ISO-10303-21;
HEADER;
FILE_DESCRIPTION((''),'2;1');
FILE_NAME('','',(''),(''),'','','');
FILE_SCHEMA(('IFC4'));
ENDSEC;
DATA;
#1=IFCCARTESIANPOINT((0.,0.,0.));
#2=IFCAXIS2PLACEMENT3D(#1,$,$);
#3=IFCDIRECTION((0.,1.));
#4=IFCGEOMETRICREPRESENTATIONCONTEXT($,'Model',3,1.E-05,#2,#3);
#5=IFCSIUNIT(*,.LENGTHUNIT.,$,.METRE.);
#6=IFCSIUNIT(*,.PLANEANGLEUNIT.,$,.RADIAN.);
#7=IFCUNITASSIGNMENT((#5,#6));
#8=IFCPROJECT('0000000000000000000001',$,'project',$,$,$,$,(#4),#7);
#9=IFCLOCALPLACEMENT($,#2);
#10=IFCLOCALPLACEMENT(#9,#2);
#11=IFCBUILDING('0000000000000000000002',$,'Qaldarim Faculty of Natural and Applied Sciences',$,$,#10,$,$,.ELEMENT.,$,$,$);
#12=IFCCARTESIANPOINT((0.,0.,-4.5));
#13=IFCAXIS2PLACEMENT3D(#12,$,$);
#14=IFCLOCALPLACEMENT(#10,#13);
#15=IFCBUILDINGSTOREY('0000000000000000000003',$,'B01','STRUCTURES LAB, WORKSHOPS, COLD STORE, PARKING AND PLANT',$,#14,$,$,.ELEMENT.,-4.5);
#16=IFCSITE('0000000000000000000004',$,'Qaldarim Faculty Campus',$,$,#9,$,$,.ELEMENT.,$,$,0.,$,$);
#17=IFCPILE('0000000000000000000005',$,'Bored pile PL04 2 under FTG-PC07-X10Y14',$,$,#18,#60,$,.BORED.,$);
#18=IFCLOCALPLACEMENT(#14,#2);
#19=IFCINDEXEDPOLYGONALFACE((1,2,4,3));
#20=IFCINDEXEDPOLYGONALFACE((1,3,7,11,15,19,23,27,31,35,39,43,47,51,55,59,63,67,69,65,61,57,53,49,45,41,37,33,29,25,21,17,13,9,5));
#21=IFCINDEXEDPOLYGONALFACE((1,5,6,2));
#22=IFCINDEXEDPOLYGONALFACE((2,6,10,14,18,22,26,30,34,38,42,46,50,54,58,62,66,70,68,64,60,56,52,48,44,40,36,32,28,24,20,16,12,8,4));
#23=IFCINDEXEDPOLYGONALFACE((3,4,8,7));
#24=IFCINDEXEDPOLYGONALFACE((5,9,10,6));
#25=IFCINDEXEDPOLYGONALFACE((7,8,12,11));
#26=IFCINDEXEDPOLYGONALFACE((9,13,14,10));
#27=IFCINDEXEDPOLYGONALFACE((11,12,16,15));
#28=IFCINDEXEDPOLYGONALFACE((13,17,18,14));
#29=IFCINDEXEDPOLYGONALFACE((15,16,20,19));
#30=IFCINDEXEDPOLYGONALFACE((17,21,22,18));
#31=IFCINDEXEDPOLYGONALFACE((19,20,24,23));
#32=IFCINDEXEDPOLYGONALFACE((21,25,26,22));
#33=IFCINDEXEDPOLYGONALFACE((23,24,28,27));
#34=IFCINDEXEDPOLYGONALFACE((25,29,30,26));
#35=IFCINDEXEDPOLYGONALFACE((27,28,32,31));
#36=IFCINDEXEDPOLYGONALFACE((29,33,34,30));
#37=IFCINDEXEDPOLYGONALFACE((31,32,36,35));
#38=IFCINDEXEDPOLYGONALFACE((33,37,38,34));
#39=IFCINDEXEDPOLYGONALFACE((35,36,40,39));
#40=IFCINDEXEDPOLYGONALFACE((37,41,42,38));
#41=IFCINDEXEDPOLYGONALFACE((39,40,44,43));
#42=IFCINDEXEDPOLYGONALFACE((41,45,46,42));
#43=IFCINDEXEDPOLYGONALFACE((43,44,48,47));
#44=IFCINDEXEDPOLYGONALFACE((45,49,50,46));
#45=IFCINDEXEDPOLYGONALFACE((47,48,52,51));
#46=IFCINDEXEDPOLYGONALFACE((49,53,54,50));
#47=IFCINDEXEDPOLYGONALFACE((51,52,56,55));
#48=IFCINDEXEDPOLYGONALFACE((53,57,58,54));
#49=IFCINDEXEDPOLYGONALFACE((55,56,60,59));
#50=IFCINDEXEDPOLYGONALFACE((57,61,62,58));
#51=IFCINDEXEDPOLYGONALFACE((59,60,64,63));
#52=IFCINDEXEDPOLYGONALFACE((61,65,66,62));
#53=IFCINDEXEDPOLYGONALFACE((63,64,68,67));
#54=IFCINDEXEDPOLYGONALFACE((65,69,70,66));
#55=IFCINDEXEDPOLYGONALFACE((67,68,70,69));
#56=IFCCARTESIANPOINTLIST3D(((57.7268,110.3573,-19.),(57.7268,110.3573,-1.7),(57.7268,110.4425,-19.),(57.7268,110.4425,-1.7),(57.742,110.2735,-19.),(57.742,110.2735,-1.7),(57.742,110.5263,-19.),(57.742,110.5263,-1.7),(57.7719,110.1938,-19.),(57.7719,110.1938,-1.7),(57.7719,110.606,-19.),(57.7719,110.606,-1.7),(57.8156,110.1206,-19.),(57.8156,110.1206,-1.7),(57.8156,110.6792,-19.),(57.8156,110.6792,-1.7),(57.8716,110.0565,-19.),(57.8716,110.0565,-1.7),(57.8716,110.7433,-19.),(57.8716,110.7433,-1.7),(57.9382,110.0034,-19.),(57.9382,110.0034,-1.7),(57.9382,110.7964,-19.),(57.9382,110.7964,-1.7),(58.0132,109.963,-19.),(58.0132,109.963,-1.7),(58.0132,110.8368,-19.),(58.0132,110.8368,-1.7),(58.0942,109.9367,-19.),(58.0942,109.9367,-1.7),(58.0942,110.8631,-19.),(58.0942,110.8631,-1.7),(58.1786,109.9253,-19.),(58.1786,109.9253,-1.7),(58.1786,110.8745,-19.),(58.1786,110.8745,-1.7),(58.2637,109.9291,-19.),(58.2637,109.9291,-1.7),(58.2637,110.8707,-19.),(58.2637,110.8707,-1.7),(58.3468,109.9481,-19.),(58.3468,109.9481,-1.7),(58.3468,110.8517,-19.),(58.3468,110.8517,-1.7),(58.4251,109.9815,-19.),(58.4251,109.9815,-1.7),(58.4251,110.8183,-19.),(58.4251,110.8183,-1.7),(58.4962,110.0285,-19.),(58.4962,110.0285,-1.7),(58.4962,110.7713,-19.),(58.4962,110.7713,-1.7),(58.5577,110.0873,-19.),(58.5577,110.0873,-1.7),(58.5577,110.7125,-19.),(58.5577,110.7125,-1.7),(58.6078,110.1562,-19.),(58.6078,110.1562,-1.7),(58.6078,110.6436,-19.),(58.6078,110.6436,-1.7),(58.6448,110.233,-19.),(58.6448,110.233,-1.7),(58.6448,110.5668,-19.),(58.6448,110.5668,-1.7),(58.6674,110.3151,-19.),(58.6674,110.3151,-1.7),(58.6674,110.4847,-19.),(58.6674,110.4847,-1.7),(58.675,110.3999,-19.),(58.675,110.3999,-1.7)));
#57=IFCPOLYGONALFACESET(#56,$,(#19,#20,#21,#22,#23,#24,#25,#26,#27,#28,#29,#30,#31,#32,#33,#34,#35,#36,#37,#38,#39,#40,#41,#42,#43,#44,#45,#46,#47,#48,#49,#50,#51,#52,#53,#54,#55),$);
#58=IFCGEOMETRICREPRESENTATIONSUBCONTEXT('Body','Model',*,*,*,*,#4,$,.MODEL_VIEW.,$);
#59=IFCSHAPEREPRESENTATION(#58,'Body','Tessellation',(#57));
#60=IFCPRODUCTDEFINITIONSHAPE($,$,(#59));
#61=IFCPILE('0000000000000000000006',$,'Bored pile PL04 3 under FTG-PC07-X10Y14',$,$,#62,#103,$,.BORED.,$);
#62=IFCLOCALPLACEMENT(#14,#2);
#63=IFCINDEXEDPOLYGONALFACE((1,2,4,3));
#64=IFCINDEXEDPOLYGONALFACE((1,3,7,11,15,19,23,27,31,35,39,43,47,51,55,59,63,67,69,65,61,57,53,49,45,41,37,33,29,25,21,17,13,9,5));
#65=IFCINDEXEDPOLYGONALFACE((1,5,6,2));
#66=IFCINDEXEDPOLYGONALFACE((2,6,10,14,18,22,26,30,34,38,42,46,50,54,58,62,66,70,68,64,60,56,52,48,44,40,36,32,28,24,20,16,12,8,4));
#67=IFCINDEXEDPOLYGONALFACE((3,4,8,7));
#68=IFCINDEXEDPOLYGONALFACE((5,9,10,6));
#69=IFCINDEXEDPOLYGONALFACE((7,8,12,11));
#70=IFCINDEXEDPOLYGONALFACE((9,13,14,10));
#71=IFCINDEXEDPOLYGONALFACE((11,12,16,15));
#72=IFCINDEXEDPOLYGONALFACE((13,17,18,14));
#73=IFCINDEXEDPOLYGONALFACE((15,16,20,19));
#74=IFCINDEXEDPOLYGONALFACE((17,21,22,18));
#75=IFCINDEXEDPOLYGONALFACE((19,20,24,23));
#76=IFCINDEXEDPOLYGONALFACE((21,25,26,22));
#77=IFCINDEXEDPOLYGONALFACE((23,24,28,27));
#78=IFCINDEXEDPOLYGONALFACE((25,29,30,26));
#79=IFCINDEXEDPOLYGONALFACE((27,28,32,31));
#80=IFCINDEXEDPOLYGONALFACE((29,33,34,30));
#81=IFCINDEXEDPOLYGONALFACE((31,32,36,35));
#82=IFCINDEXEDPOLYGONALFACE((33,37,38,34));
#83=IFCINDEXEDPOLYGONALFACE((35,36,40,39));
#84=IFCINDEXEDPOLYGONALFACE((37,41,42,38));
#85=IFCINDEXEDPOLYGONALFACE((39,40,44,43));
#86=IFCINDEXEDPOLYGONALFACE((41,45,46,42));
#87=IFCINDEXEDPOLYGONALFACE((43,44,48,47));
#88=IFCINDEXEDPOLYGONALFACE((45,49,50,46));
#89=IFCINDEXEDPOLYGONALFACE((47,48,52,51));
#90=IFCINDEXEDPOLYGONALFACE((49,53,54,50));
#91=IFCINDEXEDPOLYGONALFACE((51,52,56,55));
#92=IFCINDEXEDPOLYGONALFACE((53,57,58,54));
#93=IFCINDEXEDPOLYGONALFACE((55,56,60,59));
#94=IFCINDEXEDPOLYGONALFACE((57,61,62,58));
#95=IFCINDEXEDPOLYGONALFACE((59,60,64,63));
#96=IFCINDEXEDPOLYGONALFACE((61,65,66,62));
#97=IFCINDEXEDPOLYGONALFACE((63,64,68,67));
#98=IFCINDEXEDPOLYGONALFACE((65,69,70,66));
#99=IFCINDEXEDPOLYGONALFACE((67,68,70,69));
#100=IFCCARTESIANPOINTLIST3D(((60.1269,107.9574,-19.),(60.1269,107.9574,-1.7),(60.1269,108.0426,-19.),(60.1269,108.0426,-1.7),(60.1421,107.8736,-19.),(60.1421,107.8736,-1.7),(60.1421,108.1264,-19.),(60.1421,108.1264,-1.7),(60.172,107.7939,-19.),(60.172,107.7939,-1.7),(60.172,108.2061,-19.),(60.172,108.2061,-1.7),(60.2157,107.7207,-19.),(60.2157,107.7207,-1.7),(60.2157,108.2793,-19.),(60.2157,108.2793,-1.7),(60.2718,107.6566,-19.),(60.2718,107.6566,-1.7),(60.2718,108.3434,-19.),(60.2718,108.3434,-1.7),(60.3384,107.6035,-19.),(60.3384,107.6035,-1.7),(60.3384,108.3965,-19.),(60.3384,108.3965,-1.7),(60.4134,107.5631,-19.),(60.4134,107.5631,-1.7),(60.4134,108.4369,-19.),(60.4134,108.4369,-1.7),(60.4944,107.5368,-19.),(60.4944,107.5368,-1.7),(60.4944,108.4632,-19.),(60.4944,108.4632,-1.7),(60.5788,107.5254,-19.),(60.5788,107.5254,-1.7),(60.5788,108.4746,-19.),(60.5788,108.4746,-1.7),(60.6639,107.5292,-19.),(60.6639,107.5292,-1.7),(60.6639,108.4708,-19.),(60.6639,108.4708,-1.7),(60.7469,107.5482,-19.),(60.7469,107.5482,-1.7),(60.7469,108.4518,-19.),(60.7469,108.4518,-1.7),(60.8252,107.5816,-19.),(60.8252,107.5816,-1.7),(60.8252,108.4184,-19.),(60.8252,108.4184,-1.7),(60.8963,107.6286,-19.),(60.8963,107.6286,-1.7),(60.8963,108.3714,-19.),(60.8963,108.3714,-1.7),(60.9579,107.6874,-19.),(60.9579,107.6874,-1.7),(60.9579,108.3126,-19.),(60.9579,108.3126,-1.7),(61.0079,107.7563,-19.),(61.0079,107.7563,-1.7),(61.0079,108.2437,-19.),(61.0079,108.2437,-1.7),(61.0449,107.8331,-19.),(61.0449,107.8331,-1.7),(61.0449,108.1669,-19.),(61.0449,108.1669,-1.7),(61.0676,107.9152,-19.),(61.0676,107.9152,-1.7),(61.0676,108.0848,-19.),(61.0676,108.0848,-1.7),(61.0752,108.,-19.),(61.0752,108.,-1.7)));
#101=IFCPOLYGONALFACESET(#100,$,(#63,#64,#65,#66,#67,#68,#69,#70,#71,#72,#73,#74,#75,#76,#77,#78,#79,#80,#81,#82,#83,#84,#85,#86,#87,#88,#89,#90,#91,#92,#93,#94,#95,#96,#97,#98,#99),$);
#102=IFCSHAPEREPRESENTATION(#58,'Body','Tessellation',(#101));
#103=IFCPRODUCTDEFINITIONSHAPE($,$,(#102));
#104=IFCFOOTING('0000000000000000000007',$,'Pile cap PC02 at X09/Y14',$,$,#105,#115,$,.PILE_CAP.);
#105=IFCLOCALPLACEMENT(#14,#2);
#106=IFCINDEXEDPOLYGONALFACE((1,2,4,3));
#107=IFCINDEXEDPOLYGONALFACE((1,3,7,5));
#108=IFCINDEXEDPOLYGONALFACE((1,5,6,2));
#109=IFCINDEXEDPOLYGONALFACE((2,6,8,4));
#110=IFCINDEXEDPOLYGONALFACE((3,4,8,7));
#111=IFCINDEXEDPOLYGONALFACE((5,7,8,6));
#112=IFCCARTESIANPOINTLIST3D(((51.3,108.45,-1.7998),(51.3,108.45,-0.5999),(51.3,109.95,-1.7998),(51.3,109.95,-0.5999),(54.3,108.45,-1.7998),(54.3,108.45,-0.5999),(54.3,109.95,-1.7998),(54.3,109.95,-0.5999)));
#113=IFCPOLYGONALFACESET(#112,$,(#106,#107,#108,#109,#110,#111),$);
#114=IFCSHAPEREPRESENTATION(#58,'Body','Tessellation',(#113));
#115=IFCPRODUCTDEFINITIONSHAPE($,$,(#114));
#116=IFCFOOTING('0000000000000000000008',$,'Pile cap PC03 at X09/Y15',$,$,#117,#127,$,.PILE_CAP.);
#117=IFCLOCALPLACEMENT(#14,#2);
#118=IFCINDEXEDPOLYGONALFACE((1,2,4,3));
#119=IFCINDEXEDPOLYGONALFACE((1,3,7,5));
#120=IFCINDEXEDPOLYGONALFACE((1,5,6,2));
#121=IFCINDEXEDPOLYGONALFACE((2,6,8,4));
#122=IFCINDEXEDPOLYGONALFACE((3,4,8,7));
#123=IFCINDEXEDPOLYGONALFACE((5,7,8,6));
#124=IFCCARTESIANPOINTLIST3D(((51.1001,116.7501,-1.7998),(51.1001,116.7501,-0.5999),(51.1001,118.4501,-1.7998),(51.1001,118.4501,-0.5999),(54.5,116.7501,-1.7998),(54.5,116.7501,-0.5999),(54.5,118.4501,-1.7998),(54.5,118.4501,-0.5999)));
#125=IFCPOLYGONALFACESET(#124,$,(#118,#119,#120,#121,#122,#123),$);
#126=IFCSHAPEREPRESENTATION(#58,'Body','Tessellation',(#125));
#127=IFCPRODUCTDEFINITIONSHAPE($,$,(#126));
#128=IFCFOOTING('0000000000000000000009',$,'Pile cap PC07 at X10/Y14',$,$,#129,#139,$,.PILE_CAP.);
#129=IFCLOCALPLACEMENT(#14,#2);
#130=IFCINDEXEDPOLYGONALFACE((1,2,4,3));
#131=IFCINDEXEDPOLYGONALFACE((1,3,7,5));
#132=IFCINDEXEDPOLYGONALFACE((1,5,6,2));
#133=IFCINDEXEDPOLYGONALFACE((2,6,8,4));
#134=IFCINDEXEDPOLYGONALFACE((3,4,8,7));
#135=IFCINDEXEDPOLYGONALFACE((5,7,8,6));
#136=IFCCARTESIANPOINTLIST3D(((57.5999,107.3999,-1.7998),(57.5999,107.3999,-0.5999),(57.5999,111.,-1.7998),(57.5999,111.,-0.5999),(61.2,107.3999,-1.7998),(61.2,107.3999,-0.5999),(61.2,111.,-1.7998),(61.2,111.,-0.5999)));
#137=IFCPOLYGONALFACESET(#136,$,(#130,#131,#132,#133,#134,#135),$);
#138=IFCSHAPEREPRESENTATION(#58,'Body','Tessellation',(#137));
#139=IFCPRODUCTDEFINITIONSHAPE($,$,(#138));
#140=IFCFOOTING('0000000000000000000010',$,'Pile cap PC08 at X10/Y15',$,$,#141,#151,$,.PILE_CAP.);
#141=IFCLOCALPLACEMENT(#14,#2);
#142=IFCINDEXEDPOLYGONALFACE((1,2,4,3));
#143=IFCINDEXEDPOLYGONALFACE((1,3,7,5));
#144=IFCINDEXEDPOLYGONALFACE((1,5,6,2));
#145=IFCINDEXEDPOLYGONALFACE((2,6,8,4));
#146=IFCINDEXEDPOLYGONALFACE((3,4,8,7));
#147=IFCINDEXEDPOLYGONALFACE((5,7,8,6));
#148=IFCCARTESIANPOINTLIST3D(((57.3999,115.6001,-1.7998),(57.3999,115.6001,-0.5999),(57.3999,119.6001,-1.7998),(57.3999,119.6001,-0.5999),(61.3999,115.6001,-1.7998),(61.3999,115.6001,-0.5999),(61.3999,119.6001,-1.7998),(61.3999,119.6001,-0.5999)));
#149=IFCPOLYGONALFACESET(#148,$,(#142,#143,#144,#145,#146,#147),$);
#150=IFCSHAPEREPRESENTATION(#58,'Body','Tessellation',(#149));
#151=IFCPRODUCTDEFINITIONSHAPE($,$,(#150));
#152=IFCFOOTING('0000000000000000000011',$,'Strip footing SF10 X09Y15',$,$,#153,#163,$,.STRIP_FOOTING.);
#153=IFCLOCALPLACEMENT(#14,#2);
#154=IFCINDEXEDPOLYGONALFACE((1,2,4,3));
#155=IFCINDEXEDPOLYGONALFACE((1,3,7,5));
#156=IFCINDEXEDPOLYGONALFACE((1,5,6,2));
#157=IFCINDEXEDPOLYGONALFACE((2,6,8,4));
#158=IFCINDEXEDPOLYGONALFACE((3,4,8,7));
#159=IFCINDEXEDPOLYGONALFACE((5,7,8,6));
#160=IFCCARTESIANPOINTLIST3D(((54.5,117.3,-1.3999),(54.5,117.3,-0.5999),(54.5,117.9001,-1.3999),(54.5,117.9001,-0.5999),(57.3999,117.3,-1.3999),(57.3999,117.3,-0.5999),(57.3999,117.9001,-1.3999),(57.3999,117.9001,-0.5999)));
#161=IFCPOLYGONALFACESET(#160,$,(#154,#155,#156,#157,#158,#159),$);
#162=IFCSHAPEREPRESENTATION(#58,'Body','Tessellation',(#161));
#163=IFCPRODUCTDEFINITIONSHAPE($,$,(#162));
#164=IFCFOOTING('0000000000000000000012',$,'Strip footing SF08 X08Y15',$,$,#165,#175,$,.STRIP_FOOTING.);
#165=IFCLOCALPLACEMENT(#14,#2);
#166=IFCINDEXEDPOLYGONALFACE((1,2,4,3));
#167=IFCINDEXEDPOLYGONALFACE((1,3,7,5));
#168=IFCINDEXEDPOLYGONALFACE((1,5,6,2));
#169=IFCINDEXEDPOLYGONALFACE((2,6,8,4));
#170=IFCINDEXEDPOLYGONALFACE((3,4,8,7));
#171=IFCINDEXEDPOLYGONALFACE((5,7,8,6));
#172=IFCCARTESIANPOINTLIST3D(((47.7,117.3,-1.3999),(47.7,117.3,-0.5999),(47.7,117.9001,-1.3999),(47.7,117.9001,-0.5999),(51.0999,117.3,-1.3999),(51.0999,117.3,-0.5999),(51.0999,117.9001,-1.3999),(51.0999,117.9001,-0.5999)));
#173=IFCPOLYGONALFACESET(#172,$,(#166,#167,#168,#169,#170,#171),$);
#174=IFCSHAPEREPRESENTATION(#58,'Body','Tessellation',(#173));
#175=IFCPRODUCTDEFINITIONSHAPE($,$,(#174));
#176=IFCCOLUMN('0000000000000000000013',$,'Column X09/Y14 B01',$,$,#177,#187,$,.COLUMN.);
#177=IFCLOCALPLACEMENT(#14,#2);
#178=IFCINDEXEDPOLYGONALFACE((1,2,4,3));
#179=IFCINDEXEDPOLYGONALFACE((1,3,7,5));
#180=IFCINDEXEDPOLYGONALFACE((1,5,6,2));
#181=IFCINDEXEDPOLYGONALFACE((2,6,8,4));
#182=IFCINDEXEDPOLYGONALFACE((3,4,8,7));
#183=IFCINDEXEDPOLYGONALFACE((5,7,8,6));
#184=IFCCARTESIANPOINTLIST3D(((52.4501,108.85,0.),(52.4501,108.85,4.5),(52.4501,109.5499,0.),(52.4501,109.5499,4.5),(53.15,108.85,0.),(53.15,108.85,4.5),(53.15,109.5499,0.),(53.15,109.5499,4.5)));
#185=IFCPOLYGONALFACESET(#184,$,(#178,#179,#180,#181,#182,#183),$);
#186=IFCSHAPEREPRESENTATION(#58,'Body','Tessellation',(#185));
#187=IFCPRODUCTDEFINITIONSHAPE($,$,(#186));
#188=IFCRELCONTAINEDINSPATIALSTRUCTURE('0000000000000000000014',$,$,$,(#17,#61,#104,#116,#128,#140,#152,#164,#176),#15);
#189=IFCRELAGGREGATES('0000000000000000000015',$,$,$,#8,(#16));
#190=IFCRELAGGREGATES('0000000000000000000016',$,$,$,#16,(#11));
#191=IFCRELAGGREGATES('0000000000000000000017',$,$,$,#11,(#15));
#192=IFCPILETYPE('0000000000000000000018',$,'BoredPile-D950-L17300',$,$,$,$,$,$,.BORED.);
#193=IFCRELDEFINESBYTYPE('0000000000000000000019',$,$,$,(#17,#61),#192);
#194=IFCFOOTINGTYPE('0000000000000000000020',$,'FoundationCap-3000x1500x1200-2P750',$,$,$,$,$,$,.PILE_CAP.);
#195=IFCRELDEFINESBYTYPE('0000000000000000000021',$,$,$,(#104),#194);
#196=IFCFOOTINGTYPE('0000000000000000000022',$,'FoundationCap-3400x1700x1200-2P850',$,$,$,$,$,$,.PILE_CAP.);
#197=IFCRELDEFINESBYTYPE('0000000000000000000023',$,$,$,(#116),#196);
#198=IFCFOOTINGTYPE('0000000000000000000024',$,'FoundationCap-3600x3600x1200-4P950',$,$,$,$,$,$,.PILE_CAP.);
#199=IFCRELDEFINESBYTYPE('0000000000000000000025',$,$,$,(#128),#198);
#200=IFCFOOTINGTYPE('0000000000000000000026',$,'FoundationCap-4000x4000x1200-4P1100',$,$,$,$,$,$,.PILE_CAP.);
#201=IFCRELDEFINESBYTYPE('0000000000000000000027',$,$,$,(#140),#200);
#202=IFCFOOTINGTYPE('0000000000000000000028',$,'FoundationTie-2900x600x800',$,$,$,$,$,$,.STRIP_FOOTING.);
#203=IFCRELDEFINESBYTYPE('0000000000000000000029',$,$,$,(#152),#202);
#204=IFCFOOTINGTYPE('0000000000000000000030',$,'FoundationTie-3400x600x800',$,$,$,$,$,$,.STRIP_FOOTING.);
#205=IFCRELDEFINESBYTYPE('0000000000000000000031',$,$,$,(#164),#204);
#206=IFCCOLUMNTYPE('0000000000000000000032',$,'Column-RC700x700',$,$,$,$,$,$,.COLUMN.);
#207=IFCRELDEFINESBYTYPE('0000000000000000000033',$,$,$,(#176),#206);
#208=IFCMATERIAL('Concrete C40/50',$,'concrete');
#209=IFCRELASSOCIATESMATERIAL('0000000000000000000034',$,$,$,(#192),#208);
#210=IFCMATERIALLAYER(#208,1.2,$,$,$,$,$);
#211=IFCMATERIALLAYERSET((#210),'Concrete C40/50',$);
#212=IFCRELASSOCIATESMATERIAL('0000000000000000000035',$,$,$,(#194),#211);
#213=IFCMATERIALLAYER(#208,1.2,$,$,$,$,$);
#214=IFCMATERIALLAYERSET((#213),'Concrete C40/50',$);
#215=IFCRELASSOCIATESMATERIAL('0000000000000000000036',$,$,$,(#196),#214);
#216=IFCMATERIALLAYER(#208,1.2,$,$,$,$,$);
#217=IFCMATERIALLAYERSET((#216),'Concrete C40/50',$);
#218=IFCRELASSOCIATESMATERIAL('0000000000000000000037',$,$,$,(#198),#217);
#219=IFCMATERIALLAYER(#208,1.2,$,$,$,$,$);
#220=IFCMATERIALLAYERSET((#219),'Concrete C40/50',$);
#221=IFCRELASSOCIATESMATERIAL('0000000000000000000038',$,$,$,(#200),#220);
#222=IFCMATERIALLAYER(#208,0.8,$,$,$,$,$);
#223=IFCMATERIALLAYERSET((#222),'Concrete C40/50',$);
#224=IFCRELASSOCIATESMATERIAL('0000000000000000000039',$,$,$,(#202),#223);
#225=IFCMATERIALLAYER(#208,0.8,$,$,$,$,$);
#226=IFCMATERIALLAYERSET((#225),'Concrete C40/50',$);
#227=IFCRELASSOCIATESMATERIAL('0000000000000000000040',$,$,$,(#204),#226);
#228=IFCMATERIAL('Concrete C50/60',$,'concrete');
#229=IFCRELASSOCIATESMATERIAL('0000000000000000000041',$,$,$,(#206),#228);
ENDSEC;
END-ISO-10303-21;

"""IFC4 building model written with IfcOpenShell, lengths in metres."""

from ifc_helpers import new_model, si_unit, direction, frame, origin, origin_2d, place, context, subcontext, project, spatial, rectangle, circle, extrude, material, layer, layer_set, material_profile, profile_set, type_object, element, save


model = new_model("IFC4")

# Units and contexts
model_context = context("Model", 3, precision=1e-05, world=origin(), true_north=direction((0.0, 1.0)))
body_context = subcontext(model_context, "Body", "Model", "MODEL_VIEW")
ifc_project = project(units=[si_unit("LENGTHUNIT", "METRE"), si_unit("PLANEANGLEUNIT", "RADIAN")], contexts=[model_context])

# Site, building, storey
site_placement = place(None, origin())
site = spatial("IfcSite", under=ifc_project, at=site_placement, Name="Qaldarim Faculty Campus", CompositionType="ELEMENT", RefElevation=0.0)
building_placement = place(site_placement, origin())
building = spatial("IfcBuilding", under=site, at=building_placement, Name="Qaldarim Faculty of Natural and Applied Sciences", CompositionType="ELEMENT")
storey_placement = place(building_placement, frame((0.0, 0.0, -4.5)))
storey = spatial("IfcBuildingStorey", under=building, at=storey_placement, Name="B01", Description="STRUCTURES LAB, WORKSHOPS, COLD STORE, PARKING AND PLANT", CompositionType="ELEMENT", Elevation=-4.5)

# Piles
ifc_material_1 = material(Name="Concrete C40/50", Category="concrete")
ifc_material_profile_1 = material_profile(ifc_material_1, circle(Radius=0.4751, at=origin_2d()), Name="PILE-D950")
ifc_profile_set_1 = profile_set([ifc_material_profile_1], Name="Concrete C40/50")
pile_type_1 = type_object("IfcPileType", Name="BoredPile-D950-L17300", PredefinedType="BORED", material=ifc_profile_set_1)
for number, where, z_axis, x_axis, name in (
    (1, (58.2, 110.3999, -1.7), (0.0, 0.0, -1.0), (1.0, 0.0, 0.0), "Bored pile PL04 2 under FTG-PC07-X10Y14"),
    (2, (60.6001, 108.0, -1.7), (0.0, 0.0, -1.0), (1.0, 0.0, 0.0), "Bored pile PL04 3 under FTG-PC07-X10Y14"),
):
    element("IfcPile", number, at=place(storey_placement, frame(where, z_axis=z_axis, x_axis=x_axis)), inside=storey, type_object=pile_type_1, Name=name, PredefinedType="BORED", context=body_context, shape_type="SweptSolid", body=[
        extrude(circle(Radius=0.4751, at=origin_2d()), origin(), (0.0, 0.0, 1.0), 17.3),
    ])

# Footings
ifc_layer_1 = layer(ifc_material_1, 1.2)
ifc_layer_set_1 = layer_set([ifc_layer_1], Name="Concrete C40/50")
footing_type_1 = type_object("IfcFootingType", Name="FoundationCap-3000x1500x1200-2P750", PredefinedType="PILE_CAP", material=ifc_layer_set_1)
footing_1_placement = place(storey_placement, frame((52.8, 109.2, -1.7998), z_axis=(0.0, 0.0, 1.0), x_axis=(1.0, 0.0, 0.0)))
element("IfcFooting", 3, at=footing_1_placement, inside=storey, type_object=footing_type_1, Name="Pile cap PC02 at X09/Y14", PredefinedType="PILE_CAP", context=body_context, shape_type="SweptSolid", body=[
    extrude(rectangle(XDim=3.0, YDim=1.5, at=origin_2d()), origin(), (0.0, 0.0, 1.0), 1.2),
])
ifc_layer_2 = layer(ifc_material_1, 1.2)
ifc_layer_set_2 = layer_set([ifc_layer_2], Name="Concrete C40/50")
footing_type_2 = type_object("IfcFootingType", Name="FoundationCap-3400x1700x1200-2P850", PredefinedType="PILE_CAP", material=ifc_layer_set_2)
footing_2_placement = place(storey_placement, frame((52.8, 117.6001, -1.7998), z_axis=(0.0, 0.0, 1.0), x_axis=(1.0, 0.0, 0.0)))
element("IfcFooting", 4, at=footing_2_placement, inside=storey, type_object=footing_type_2, Name="Pile cap PC03 at X09/Y15", PredefinedType="PILE_CAP", context=body_context, shape_type="SweptSolid", body=[
    extrude(rectangle(XDim=3.3999, YDim=1.7, at=origin_2d()), origin(), (0.0, 0.0, 1.0), 1.2),
])
ifc_layer_3 = layer(ifc_material_1, 1.2)
ifc_layer_set_3 = layer_set([ifc_layer_3], Name="Concrete C40/50")
footing_type_3 = type_object("IfcFootingType", Name="FoundationCap-3600x3600x1200-4P950", PredefinedType="PILE_CAP", material=ifc_layer_set_3)
footing_3_placement = place(storey_placement, frame((59.3999, 109.2, -1.7998), z_axis=(0.0, 0.0, 1.0), x_axis=(1.0, 0.0, 0.0)))
element("IfcFooting", 5, at=footing_3_placement, inside=storey, type_object=footing_type_3, Name="Pile cap PC07 at X10/Y14", PredefinedType="PILE_CAP", context=body_context, shape_type="SweptSolid", body=[
    extrude(rectangle(XDim=3.6001, YDim=3.6001, at=origin_2d()), origin(), (0.0, 0.0, 1.0), 1.2),
])
ifc_layer_4 = layer(ifc_material_1, 1.2)
ifc_layer_set_4 = layer_set([ifc_layer_4], Name="Concrete C40/50")
footing_type_4 = type_object("IfcFootingType", Name="FoundationCap-4000x4000x1200-4P1100", PredefinedType="PILE_CAP", material=ifc_layer_set_4)
footing_4_placement = place(storey_placement, frame((59.3999, 117.6001, -1.7998), z_axis=(0.0, 0.0, 1.0), x_axis=(1.0, 0.0, 0.0)))
element("IfcFooting", 6, at=footing_4_placement, inside=storey, type_object=footing_type_4, Name="Pile cap PC08 at X10/Y15", PredefinedType="PILE_CAP", context=body_context, shape_type="SweptSolid", body=[
    extrude(rectangle(XDim=4.0, YDim=4.0, at=origin_2d()), origin(), (0.0, 0.0, 1.0), 1.2),
])
ifc_layer_5 = layer(ifc_material_1, 0.8)
ifc_layer_set_5 = layer_set([ifc_layer_5], Name="Concrete C40/50")
footing_type_5 = type_object("IfcFootingType", Name="FoundationTie-2900x600x800", PredefinedType="STRIP_FOOTING", material=ifc_layer_set_5)
footing_5_placement = place(storey_placement, frame((55.95, 117.6001, -1.3999), z_axis=(0.0, 0.0, 1.0), x_axis=(1.0, 0.0, 0.0)))
element("IfcFooting", 7, at=footing_5_placement, inside=storey, type_object=footing_type_5, Name="Strip footing SF10 X09Y15", PredefinedType="STRIP_FOOTING", context=body_context, shape_type="SweptSolid", body=[
    extrude(rectangle(XDim=2.8999, YDim=0.6001, at=origin_2d()), origin(), (0.0, 0.0, 1.0), 0.8),
])
ifc_layer_6 = layer(ifc_material_1, 0.8)
ifc_layer_set_6 = layer_set([ifc_layer_6], Name="Concrete C40/50")
footing_type_6 = type_object("IfcFootingType", Name="FoundationTie-3400x600x800", PredefinedType="STRIP_FOOTING", material=ifc_layer_set_6)
footing_6_placement = place(storey_placement, frame((49.3999, 117.6001, -1.3999), z_axis=(0.0, 0.0, 1.0), x_axis=(1.0, 0.0, 0.0)))
element("IfcFooting", 8, at=footing_6_placement, inside=storey, type_object=footing_type_6, Name="Strip footing SF08 X08Y15", PredefinedType="STRIP_FOOTING", context=body_context, shape_type="SweptSolid", body=[
    extrude(rectangle(XDim=3.3999, YDim=0.6001, at=origin_2d()), origin(), (0.0, 0.0, 1.0), 0.8),
])

# Column
ifc_material_2 = material(Name="Concrete C50/60", Category="concrete")
ifc_material_profile_2 = material_profile(ifc_material_2, rectangle(XDim=0.7, YDim=0.7, at=origin_2d()), Name="RC-C700x700")
ifc_profile_set_2 = profile_set([ifc_material_profile_2], Name="Concrete C50/60")
column_type = type_object("IfcColumnType", Name="Column-RC700x700", PredefinedType="COLUMN", material=ifc_profile_set_2)
for number, where, z_axis, x_axis, name in (
    (9, (52.8, 109.2, 0.0), (0.0, 0.0, 1.0), (1.0, 0.0, 0.0), "Column X09/Y14 B01"),
):
    element("IfcColumn", number, at=place(storey_placement, frame(where, z_axis=z_axis, x_axis=x_axis)), inside=storey, type_object=column_type, Name=name, PredefinedType="COLUMN", context=body_context, shape_type="SweptSolid", body=[
        extrude(rectangle(XDim=0.7, YDim=0.7, at=origin_2d()), origin(), (0.0, 0.0, 1.0), 4.5),
    ])

save(model, "model.ifc")
